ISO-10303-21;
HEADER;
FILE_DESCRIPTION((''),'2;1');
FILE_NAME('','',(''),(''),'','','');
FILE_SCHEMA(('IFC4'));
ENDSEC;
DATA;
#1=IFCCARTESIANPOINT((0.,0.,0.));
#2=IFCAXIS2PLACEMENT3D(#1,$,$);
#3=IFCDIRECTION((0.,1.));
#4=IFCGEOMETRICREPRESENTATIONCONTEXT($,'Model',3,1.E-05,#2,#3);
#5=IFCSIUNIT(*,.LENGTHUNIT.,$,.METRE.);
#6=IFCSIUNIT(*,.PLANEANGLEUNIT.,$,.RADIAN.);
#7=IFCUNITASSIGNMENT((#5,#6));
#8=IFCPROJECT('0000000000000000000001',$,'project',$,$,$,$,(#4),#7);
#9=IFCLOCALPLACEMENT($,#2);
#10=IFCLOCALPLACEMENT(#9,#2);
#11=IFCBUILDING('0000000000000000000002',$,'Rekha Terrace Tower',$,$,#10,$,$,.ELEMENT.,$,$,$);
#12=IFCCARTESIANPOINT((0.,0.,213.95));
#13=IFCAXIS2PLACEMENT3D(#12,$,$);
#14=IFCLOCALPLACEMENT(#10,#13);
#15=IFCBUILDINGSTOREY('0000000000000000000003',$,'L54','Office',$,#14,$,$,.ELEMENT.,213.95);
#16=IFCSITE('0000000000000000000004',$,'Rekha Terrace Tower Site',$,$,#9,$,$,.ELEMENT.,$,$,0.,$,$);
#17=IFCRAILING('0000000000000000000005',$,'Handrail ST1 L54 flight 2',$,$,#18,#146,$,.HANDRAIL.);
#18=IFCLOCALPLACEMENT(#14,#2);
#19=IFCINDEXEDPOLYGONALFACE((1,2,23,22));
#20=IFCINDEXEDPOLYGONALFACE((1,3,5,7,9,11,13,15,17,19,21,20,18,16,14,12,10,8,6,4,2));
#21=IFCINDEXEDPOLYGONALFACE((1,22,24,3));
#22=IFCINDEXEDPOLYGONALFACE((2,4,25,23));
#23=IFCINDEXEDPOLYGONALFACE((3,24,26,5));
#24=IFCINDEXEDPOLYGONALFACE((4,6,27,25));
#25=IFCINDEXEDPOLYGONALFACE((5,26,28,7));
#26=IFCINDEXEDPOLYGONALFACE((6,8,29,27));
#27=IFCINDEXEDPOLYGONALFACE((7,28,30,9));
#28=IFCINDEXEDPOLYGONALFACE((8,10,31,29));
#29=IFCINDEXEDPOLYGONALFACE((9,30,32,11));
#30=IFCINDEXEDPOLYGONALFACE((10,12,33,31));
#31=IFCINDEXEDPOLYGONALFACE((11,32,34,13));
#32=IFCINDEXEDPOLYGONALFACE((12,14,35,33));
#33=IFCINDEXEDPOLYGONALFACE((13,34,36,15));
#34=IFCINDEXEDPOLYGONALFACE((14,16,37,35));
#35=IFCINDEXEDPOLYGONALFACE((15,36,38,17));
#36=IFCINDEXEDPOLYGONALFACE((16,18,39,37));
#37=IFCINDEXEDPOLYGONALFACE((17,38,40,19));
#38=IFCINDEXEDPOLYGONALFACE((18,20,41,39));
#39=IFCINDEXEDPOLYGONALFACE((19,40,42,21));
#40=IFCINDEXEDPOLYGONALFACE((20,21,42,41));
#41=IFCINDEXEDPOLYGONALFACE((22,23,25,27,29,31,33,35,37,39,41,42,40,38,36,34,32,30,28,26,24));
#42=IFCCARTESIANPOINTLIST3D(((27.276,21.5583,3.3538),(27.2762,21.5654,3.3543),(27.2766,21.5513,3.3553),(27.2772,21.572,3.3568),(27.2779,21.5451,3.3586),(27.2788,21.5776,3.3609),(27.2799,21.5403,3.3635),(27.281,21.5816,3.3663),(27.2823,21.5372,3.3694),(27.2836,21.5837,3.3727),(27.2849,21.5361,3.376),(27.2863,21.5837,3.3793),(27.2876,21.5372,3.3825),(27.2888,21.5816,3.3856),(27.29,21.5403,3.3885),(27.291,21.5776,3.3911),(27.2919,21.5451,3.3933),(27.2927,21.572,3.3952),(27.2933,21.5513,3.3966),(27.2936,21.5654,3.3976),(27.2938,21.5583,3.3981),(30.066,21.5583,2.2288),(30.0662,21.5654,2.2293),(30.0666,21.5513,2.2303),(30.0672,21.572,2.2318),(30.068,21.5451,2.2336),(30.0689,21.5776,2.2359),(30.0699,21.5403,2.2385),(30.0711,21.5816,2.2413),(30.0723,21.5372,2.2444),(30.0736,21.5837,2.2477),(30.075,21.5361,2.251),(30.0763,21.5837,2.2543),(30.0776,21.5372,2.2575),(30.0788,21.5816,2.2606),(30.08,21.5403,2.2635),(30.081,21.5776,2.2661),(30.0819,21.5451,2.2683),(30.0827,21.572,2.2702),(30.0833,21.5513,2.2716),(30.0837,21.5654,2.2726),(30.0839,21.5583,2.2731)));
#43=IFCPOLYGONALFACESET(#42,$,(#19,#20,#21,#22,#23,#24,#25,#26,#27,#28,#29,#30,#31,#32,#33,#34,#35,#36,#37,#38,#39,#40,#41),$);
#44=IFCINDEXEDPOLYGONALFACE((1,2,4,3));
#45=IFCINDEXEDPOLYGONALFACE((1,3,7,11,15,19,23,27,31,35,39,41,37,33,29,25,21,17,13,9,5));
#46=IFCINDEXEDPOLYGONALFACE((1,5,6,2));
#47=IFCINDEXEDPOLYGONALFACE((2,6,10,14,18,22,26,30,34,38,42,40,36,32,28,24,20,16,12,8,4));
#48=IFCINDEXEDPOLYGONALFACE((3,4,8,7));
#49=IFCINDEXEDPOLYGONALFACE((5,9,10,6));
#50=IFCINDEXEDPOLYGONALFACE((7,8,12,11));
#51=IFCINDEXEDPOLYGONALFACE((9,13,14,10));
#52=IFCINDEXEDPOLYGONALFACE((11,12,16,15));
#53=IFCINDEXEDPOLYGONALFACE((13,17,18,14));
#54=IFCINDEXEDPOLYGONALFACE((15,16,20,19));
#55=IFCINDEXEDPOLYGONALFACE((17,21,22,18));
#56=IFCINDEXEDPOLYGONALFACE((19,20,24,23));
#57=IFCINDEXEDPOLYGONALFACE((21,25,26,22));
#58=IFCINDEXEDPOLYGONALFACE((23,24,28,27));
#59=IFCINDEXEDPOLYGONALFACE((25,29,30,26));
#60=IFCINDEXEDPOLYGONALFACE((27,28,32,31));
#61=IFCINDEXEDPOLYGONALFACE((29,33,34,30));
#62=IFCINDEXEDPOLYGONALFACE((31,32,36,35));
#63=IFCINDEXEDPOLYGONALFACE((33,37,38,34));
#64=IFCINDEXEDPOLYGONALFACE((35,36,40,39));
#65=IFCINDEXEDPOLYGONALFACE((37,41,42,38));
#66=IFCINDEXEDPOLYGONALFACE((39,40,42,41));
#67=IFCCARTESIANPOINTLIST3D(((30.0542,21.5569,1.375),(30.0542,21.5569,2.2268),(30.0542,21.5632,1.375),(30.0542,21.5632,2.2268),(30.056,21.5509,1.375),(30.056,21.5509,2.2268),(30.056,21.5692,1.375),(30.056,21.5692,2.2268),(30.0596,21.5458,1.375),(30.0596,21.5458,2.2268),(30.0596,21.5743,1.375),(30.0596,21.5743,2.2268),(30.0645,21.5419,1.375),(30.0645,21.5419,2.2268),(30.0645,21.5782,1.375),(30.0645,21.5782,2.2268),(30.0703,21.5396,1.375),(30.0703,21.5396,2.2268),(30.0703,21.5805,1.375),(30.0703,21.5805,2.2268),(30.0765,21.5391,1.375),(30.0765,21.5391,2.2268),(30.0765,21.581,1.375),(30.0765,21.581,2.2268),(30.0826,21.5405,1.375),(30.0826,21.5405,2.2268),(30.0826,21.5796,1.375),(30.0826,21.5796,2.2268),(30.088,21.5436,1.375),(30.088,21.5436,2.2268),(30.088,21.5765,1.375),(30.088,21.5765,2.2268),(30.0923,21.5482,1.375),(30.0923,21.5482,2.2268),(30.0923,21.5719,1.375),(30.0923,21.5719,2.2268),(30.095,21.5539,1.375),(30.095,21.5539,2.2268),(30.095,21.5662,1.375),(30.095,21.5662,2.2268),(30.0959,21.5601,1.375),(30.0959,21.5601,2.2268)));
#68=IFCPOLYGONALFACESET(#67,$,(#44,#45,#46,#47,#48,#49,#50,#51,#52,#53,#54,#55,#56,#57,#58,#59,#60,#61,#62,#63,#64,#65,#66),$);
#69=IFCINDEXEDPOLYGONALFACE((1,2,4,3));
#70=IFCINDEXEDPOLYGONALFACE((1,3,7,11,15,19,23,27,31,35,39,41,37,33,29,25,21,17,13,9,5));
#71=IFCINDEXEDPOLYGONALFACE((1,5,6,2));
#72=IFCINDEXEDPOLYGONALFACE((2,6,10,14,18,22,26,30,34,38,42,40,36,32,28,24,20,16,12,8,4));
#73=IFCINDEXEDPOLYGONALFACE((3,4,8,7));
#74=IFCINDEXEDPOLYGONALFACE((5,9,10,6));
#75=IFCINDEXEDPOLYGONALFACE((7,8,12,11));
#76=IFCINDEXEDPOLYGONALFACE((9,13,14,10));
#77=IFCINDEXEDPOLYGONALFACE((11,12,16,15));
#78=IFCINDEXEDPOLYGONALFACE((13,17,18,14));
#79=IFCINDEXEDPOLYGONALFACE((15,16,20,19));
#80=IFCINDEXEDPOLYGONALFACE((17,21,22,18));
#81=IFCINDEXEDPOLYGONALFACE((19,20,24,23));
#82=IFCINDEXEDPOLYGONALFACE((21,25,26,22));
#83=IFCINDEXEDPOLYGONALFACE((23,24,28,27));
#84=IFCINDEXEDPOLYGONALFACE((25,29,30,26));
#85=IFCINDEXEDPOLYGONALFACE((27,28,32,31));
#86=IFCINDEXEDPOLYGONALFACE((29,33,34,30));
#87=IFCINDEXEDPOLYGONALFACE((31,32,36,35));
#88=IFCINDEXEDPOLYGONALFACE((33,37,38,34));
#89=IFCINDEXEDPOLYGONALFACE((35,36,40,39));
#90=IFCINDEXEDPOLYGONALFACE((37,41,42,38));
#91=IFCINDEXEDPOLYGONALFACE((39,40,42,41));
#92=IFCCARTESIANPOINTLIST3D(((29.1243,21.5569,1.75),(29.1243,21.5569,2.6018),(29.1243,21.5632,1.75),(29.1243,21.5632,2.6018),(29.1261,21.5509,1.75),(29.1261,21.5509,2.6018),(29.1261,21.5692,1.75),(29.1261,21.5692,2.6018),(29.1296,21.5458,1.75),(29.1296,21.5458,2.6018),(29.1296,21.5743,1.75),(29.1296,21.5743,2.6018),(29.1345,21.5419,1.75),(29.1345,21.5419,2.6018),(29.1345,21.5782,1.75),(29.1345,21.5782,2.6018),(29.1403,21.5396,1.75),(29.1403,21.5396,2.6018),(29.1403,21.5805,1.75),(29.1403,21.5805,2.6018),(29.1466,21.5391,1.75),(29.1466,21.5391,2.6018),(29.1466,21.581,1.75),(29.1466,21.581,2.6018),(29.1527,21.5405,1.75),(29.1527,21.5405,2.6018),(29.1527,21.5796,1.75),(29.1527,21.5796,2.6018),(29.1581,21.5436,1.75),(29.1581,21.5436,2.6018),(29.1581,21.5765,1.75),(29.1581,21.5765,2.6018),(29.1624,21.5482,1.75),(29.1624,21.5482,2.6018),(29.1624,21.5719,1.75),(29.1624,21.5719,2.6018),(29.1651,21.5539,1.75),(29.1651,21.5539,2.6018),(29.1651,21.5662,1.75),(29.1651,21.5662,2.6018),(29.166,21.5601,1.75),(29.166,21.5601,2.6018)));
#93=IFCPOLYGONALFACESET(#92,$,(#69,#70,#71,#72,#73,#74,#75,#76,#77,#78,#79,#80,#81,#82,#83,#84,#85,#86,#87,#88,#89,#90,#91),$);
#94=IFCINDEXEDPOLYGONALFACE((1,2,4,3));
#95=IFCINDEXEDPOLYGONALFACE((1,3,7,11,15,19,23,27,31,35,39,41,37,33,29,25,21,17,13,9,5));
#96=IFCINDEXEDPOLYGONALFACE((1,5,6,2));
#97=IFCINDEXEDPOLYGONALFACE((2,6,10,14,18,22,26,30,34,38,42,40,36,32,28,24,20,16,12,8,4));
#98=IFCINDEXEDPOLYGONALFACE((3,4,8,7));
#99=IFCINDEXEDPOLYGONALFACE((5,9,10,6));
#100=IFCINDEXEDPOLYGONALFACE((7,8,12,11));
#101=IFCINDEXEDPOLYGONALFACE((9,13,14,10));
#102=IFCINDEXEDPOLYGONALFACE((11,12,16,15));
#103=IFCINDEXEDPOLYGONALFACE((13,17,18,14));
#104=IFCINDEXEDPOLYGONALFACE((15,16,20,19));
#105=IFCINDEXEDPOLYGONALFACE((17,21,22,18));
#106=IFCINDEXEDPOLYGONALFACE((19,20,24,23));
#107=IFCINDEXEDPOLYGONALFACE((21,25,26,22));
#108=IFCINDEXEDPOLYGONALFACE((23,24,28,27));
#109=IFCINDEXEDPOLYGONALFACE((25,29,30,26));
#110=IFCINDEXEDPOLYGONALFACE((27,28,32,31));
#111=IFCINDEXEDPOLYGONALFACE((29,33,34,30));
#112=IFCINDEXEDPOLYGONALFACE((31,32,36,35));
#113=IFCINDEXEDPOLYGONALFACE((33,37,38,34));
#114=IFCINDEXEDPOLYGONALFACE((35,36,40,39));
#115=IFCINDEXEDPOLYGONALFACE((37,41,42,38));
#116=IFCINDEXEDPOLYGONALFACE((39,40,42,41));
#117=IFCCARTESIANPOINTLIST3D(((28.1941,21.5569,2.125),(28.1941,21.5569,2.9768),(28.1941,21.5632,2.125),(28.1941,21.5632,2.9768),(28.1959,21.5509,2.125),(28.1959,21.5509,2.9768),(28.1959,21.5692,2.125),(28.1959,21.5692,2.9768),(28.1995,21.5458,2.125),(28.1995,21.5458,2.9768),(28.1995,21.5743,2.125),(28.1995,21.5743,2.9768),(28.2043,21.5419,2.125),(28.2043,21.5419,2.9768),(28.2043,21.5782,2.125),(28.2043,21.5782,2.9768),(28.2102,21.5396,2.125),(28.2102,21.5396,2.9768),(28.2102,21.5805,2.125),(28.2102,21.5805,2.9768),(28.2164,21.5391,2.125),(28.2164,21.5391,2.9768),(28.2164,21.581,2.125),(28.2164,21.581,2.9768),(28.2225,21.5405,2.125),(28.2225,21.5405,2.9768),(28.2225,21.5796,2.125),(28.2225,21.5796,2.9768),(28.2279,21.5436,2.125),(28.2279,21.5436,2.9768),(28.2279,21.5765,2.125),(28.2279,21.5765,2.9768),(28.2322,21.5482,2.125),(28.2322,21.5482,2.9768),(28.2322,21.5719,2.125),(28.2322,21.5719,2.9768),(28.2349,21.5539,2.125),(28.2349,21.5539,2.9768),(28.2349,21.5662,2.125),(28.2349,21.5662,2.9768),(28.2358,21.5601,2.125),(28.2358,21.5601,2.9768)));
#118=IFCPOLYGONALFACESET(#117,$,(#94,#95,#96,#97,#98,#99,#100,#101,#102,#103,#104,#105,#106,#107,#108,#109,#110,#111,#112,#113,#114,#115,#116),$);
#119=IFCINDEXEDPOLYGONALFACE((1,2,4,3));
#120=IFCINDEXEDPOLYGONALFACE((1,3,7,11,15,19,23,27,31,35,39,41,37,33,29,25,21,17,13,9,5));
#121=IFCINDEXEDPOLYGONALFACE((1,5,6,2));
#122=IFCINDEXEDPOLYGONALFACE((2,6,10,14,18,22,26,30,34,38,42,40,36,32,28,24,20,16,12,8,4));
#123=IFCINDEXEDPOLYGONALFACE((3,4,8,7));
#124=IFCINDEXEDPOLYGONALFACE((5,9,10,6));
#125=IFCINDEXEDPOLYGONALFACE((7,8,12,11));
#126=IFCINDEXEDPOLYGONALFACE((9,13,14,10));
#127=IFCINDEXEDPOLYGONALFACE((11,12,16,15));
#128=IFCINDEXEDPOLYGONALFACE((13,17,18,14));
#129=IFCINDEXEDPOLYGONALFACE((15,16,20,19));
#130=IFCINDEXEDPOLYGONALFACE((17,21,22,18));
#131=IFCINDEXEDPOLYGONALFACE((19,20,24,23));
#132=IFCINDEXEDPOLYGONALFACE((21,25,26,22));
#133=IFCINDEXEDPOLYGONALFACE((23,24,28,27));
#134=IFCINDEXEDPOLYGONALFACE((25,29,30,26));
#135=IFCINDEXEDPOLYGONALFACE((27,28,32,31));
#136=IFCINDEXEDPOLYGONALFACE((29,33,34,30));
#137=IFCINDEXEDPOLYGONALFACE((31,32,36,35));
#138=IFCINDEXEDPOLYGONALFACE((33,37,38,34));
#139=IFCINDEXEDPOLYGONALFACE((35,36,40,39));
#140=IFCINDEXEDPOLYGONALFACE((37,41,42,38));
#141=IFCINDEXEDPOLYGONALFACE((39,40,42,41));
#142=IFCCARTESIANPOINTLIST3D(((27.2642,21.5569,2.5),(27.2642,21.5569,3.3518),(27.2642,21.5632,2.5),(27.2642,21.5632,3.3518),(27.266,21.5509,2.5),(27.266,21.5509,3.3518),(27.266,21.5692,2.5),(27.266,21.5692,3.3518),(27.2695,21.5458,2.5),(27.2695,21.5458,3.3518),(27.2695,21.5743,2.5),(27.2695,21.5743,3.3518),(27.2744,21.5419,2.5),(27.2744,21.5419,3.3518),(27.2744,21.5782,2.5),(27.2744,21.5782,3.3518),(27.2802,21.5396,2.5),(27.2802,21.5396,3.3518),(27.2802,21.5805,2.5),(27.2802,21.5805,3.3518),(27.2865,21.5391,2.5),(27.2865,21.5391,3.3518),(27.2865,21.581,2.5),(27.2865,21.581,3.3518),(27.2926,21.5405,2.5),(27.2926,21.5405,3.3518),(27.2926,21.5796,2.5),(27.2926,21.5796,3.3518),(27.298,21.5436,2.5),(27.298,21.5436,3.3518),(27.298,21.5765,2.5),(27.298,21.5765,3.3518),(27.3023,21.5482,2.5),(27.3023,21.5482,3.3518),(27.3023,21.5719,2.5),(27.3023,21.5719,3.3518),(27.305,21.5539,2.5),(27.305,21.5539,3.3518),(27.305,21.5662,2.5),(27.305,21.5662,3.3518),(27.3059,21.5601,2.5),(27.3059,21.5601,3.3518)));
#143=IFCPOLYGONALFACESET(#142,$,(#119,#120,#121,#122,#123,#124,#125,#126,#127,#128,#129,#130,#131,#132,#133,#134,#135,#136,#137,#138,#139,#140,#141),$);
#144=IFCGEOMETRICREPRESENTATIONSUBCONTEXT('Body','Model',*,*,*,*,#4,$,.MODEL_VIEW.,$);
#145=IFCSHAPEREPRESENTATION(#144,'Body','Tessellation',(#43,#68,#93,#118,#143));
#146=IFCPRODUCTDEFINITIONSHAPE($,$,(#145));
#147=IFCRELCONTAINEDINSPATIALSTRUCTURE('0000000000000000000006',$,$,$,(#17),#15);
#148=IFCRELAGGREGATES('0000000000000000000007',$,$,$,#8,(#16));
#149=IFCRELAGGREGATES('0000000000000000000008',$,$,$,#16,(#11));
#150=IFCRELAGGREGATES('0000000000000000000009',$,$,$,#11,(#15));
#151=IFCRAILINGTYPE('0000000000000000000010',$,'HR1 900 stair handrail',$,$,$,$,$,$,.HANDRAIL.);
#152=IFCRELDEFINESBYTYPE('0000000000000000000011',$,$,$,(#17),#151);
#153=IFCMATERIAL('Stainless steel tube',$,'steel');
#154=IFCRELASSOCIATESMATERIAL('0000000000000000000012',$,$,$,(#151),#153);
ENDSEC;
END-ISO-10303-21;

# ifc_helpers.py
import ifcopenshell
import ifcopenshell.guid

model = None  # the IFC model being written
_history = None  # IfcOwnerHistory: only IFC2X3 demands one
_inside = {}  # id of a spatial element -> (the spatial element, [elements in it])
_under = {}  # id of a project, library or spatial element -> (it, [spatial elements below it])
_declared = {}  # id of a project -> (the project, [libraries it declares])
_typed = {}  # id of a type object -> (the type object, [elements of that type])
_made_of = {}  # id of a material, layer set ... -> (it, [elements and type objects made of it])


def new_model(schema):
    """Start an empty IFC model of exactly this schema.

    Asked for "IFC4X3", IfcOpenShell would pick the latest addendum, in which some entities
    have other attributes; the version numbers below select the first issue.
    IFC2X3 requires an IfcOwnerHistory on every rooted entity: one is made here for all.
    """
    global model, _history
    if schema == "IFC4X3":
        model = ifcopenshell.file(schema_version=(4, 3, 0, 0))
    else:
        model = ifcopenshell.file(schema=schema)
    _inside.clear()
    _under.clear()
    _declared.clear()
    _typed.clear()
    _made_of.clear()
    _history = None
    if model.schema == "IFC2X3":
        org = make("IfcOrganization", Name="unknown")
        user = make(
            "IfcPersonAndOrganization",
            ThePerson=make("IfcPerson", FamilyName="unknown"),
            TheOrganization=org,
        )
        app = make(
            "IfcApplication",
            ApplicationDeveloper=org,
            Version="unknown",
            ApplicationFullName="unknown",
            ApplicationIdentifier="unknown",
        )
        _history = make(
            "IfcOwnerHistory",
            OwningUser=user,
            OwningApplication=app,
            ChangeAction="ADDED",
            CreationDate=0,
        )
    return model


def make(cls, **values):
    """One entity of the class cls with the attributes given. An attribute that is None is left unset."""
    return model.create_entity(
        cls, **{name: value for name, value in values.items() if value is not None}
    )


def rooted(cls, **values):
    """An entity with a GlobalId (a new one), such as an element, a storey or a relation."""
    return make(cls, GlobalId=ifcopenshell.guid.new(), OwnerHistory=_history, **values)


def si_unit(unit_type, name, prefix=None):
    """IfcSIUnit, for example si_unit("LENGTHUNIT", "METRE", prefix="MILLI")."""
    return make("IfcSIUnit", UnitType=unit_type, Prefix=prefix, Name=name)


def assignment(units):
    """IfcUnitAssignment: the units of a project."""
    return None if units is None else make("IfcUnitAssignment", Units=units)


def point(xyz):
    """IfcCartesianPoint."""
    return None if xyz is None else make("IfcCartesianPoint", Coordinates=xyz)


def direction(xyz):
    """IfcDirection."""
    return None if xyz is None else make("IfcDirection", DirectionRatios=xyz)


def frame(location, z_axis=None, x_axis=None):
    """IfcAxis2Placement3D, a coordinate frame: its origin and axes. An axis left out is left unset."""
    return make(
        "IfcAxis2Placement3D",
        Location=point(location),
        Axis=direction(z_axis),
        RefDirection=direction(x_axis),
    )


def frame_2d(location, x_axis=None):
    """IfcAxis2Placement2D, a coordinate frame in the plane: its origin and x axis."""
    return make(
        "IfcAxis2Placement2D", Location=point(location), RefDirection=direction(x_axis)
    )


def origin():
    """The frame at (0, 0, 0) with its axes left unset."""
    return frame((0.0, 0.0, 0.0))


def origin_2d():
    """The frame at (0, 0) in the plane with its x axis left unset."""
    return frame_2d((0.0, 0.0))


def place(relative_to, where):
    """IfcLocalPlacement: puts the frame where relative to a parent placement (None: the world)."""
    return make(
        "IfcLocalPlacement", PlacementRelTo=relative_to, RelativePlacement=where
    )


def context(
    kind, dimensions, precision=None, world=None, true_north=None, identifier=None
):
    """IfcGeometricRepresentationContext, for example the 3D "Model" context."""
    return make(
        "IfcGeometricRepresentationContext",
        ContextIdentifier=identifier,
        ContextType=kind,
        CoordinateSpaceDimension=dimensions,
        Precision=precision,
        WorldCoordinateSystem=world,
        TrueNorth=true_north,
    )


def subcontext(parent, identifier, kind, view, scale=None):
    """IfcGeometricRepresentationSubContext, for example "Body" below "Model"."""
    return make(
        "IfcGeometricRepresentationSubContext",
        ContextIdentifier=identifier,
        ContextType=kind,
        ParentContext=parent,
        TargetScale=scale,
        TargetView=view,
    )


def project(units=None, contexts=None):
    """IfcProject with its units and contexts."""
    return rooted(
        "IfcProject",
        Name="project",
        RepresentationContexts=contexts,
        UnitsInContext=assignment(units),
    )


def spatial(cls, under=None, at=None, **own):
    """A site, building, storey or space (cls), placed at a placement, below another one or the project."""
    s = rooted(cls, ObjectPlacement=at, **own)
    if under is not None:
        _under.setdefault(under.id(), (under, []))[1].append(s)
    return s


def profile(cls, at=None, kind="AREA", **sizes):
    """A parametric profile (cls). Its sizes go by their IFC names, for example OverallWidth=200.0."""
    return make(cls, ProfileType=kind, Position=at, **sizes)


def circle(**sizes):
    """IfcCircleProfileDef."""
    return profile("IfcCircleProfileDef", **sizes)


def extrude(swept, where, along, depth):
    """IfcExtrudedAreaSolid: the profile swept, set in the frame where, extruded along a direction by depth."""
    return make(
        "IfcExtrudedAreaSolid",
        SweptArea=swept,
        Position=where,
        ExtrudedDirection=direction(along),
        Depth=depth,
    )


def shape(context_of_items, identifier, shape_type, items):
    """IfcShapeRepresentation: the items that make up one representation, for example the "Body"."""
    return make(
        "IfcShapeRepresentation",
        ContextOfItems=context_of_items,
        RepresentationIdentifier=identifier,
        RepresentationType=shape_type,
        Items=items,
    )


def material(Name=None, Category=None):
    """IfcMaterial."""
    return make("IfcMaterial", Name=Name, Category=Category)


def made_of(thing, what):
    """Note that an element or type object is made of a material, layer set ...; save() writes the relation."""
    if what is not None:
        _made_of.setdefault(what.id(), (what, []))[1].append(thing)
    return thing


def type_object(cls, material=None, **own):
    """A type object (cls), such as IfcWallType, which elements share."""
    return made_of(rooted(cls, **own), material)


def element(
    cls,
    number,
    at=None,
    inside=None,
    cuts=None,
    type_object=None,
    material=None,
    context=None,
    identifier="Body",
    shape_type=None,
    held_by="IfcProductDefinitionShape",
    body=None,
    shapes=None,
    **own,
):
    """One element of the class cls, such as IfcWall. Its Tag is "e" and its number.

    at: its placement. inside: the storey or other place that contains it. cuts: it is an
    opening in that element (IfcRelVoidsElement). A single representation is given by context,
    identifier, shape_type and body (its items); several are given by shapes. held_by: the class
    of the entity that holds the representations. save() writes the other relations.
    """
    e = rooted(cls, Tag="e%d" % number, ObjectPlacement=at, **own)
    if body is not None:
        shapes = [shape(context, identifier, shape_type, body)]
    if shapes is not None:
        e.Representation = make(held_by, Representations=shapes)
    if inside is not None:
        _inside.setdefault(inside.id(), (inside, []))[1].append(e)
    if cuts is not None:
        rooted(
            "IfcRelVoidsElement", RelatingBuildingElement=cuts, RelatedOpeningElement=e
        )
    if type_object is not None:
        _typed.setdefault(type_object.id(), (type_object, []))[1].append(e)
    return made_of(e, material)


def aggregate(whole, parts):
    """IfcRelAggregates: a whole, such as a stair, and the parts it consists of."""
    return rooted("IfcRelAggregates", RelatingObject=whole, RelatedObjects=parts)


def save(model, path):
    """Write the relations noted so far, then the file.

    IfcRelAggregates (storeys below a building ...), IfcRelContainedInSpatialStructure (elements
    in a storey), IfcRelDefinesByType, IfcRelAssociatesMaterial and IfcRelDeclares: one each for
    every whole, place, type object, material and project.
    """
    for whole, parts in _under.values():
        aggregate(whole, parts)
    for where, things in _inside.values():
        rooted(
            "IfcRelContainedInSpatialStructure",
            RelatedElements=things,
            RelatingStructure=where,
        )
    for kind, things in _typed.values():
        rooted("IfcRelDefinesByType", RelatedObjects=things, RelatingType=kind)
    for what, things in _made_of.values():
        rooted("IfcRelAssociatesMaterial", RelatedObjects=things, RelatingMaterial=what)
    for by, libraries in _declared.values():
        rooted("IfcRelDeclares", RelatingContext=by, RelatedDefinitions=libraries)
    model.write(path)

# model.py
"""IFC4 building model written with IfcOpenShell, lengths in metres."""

from ifc_helpers import new_model, si_unit, direction, frame, origin, origin_2d, place, context, subcontext, project, spatial, circle, extrude, material, type_object, element, save


model = new_model("IFC4")

# Units and contexts
model_context = context("Model", 3, precision=1e-05, world=origin(), true_north=direction((0.0, 1.0)))
body_context = subcontext(model_context, "Body", "Model", "MODEL_VIEW")
ifc_project = project(units=[si_unit("LENGTHUNIT", "METRE"), si_unit("PLANEANGLEUNIT", "RADIAN")], contexts=[model_context])

# Site, building, storey
site_placement = place(None, origin())
site = spatial("IfcSite", under=ifc_project, at=site_placement, Name="Rekha Terrace Tower Site", CompositionType="ELEMENT", RefElevation=0.0)
building_placement = place(site_placement, origin())
building = spatial("IfcBuilding", under=site, at=building_placement, Name="Rekha Terrace Tower", CompositionType="ELEMENT")
storey_placement = place(building_placement, frame((0.0, 0.0, 213.95)))
storey = spatial("IfcBuildingStorey", under=building, at=storey_placement, Name="L54", Description="Office", CompositionType="ELEMENT", Elevation=213.95)

# Railing
ifc_material_1 = material(Name="Stainless steel tube", Category="steel")
railing_type_1 = type_object("IfcRailingType", Name="HR1 900 stair handrail", PredefinedType="HANDRAIL", material=ifc_material_1)
railing_1_placement = place(storey_placement, frame((30.075, 21.5601, 1.375)))
element("IfcRailing", 1, at=railing_1_placement, inside=storey, type_object=railing_type_1, Name="Handrail ST1 L54 flight 2", PredefinedType="HANDRAIL", context=body_context, shape_type="SweptSolid", body=[
    extrude(circle(Radius=0.0239, at=origin_2d()), frame((0.0, 0.0, 0.876), z_axis=(-0.927443, 0.0, 0.373964), x_axis=(0.0, -1.0, 0.0)), (0.0, 0.0, 1.0), 3.0083),
    extrude(circle(Radius=0.021, at=origin_2d()), origin(), (0.0, 0.0, 1.0), 0.8518),
    extrude(circle(Radius=0.021, at=origin_2d()), frame((-0.9299, 0.0, 0.375)), (0.0, 0.0, 1.0), 0.8518),
    extrude(circle(Radius=0.021, at=origin_2d()), frame((-1.8601, 0.0, 0.75)), (0.0, 0.0, 1.0), 0.8518),
    extrude(circle(Radius=0.021, at=origin_2d()), frame((-2.79, 0.0, 1.125)), (0.0, 0.0, 1.0), 0.8518),
])

save(model, "model.ifc")
